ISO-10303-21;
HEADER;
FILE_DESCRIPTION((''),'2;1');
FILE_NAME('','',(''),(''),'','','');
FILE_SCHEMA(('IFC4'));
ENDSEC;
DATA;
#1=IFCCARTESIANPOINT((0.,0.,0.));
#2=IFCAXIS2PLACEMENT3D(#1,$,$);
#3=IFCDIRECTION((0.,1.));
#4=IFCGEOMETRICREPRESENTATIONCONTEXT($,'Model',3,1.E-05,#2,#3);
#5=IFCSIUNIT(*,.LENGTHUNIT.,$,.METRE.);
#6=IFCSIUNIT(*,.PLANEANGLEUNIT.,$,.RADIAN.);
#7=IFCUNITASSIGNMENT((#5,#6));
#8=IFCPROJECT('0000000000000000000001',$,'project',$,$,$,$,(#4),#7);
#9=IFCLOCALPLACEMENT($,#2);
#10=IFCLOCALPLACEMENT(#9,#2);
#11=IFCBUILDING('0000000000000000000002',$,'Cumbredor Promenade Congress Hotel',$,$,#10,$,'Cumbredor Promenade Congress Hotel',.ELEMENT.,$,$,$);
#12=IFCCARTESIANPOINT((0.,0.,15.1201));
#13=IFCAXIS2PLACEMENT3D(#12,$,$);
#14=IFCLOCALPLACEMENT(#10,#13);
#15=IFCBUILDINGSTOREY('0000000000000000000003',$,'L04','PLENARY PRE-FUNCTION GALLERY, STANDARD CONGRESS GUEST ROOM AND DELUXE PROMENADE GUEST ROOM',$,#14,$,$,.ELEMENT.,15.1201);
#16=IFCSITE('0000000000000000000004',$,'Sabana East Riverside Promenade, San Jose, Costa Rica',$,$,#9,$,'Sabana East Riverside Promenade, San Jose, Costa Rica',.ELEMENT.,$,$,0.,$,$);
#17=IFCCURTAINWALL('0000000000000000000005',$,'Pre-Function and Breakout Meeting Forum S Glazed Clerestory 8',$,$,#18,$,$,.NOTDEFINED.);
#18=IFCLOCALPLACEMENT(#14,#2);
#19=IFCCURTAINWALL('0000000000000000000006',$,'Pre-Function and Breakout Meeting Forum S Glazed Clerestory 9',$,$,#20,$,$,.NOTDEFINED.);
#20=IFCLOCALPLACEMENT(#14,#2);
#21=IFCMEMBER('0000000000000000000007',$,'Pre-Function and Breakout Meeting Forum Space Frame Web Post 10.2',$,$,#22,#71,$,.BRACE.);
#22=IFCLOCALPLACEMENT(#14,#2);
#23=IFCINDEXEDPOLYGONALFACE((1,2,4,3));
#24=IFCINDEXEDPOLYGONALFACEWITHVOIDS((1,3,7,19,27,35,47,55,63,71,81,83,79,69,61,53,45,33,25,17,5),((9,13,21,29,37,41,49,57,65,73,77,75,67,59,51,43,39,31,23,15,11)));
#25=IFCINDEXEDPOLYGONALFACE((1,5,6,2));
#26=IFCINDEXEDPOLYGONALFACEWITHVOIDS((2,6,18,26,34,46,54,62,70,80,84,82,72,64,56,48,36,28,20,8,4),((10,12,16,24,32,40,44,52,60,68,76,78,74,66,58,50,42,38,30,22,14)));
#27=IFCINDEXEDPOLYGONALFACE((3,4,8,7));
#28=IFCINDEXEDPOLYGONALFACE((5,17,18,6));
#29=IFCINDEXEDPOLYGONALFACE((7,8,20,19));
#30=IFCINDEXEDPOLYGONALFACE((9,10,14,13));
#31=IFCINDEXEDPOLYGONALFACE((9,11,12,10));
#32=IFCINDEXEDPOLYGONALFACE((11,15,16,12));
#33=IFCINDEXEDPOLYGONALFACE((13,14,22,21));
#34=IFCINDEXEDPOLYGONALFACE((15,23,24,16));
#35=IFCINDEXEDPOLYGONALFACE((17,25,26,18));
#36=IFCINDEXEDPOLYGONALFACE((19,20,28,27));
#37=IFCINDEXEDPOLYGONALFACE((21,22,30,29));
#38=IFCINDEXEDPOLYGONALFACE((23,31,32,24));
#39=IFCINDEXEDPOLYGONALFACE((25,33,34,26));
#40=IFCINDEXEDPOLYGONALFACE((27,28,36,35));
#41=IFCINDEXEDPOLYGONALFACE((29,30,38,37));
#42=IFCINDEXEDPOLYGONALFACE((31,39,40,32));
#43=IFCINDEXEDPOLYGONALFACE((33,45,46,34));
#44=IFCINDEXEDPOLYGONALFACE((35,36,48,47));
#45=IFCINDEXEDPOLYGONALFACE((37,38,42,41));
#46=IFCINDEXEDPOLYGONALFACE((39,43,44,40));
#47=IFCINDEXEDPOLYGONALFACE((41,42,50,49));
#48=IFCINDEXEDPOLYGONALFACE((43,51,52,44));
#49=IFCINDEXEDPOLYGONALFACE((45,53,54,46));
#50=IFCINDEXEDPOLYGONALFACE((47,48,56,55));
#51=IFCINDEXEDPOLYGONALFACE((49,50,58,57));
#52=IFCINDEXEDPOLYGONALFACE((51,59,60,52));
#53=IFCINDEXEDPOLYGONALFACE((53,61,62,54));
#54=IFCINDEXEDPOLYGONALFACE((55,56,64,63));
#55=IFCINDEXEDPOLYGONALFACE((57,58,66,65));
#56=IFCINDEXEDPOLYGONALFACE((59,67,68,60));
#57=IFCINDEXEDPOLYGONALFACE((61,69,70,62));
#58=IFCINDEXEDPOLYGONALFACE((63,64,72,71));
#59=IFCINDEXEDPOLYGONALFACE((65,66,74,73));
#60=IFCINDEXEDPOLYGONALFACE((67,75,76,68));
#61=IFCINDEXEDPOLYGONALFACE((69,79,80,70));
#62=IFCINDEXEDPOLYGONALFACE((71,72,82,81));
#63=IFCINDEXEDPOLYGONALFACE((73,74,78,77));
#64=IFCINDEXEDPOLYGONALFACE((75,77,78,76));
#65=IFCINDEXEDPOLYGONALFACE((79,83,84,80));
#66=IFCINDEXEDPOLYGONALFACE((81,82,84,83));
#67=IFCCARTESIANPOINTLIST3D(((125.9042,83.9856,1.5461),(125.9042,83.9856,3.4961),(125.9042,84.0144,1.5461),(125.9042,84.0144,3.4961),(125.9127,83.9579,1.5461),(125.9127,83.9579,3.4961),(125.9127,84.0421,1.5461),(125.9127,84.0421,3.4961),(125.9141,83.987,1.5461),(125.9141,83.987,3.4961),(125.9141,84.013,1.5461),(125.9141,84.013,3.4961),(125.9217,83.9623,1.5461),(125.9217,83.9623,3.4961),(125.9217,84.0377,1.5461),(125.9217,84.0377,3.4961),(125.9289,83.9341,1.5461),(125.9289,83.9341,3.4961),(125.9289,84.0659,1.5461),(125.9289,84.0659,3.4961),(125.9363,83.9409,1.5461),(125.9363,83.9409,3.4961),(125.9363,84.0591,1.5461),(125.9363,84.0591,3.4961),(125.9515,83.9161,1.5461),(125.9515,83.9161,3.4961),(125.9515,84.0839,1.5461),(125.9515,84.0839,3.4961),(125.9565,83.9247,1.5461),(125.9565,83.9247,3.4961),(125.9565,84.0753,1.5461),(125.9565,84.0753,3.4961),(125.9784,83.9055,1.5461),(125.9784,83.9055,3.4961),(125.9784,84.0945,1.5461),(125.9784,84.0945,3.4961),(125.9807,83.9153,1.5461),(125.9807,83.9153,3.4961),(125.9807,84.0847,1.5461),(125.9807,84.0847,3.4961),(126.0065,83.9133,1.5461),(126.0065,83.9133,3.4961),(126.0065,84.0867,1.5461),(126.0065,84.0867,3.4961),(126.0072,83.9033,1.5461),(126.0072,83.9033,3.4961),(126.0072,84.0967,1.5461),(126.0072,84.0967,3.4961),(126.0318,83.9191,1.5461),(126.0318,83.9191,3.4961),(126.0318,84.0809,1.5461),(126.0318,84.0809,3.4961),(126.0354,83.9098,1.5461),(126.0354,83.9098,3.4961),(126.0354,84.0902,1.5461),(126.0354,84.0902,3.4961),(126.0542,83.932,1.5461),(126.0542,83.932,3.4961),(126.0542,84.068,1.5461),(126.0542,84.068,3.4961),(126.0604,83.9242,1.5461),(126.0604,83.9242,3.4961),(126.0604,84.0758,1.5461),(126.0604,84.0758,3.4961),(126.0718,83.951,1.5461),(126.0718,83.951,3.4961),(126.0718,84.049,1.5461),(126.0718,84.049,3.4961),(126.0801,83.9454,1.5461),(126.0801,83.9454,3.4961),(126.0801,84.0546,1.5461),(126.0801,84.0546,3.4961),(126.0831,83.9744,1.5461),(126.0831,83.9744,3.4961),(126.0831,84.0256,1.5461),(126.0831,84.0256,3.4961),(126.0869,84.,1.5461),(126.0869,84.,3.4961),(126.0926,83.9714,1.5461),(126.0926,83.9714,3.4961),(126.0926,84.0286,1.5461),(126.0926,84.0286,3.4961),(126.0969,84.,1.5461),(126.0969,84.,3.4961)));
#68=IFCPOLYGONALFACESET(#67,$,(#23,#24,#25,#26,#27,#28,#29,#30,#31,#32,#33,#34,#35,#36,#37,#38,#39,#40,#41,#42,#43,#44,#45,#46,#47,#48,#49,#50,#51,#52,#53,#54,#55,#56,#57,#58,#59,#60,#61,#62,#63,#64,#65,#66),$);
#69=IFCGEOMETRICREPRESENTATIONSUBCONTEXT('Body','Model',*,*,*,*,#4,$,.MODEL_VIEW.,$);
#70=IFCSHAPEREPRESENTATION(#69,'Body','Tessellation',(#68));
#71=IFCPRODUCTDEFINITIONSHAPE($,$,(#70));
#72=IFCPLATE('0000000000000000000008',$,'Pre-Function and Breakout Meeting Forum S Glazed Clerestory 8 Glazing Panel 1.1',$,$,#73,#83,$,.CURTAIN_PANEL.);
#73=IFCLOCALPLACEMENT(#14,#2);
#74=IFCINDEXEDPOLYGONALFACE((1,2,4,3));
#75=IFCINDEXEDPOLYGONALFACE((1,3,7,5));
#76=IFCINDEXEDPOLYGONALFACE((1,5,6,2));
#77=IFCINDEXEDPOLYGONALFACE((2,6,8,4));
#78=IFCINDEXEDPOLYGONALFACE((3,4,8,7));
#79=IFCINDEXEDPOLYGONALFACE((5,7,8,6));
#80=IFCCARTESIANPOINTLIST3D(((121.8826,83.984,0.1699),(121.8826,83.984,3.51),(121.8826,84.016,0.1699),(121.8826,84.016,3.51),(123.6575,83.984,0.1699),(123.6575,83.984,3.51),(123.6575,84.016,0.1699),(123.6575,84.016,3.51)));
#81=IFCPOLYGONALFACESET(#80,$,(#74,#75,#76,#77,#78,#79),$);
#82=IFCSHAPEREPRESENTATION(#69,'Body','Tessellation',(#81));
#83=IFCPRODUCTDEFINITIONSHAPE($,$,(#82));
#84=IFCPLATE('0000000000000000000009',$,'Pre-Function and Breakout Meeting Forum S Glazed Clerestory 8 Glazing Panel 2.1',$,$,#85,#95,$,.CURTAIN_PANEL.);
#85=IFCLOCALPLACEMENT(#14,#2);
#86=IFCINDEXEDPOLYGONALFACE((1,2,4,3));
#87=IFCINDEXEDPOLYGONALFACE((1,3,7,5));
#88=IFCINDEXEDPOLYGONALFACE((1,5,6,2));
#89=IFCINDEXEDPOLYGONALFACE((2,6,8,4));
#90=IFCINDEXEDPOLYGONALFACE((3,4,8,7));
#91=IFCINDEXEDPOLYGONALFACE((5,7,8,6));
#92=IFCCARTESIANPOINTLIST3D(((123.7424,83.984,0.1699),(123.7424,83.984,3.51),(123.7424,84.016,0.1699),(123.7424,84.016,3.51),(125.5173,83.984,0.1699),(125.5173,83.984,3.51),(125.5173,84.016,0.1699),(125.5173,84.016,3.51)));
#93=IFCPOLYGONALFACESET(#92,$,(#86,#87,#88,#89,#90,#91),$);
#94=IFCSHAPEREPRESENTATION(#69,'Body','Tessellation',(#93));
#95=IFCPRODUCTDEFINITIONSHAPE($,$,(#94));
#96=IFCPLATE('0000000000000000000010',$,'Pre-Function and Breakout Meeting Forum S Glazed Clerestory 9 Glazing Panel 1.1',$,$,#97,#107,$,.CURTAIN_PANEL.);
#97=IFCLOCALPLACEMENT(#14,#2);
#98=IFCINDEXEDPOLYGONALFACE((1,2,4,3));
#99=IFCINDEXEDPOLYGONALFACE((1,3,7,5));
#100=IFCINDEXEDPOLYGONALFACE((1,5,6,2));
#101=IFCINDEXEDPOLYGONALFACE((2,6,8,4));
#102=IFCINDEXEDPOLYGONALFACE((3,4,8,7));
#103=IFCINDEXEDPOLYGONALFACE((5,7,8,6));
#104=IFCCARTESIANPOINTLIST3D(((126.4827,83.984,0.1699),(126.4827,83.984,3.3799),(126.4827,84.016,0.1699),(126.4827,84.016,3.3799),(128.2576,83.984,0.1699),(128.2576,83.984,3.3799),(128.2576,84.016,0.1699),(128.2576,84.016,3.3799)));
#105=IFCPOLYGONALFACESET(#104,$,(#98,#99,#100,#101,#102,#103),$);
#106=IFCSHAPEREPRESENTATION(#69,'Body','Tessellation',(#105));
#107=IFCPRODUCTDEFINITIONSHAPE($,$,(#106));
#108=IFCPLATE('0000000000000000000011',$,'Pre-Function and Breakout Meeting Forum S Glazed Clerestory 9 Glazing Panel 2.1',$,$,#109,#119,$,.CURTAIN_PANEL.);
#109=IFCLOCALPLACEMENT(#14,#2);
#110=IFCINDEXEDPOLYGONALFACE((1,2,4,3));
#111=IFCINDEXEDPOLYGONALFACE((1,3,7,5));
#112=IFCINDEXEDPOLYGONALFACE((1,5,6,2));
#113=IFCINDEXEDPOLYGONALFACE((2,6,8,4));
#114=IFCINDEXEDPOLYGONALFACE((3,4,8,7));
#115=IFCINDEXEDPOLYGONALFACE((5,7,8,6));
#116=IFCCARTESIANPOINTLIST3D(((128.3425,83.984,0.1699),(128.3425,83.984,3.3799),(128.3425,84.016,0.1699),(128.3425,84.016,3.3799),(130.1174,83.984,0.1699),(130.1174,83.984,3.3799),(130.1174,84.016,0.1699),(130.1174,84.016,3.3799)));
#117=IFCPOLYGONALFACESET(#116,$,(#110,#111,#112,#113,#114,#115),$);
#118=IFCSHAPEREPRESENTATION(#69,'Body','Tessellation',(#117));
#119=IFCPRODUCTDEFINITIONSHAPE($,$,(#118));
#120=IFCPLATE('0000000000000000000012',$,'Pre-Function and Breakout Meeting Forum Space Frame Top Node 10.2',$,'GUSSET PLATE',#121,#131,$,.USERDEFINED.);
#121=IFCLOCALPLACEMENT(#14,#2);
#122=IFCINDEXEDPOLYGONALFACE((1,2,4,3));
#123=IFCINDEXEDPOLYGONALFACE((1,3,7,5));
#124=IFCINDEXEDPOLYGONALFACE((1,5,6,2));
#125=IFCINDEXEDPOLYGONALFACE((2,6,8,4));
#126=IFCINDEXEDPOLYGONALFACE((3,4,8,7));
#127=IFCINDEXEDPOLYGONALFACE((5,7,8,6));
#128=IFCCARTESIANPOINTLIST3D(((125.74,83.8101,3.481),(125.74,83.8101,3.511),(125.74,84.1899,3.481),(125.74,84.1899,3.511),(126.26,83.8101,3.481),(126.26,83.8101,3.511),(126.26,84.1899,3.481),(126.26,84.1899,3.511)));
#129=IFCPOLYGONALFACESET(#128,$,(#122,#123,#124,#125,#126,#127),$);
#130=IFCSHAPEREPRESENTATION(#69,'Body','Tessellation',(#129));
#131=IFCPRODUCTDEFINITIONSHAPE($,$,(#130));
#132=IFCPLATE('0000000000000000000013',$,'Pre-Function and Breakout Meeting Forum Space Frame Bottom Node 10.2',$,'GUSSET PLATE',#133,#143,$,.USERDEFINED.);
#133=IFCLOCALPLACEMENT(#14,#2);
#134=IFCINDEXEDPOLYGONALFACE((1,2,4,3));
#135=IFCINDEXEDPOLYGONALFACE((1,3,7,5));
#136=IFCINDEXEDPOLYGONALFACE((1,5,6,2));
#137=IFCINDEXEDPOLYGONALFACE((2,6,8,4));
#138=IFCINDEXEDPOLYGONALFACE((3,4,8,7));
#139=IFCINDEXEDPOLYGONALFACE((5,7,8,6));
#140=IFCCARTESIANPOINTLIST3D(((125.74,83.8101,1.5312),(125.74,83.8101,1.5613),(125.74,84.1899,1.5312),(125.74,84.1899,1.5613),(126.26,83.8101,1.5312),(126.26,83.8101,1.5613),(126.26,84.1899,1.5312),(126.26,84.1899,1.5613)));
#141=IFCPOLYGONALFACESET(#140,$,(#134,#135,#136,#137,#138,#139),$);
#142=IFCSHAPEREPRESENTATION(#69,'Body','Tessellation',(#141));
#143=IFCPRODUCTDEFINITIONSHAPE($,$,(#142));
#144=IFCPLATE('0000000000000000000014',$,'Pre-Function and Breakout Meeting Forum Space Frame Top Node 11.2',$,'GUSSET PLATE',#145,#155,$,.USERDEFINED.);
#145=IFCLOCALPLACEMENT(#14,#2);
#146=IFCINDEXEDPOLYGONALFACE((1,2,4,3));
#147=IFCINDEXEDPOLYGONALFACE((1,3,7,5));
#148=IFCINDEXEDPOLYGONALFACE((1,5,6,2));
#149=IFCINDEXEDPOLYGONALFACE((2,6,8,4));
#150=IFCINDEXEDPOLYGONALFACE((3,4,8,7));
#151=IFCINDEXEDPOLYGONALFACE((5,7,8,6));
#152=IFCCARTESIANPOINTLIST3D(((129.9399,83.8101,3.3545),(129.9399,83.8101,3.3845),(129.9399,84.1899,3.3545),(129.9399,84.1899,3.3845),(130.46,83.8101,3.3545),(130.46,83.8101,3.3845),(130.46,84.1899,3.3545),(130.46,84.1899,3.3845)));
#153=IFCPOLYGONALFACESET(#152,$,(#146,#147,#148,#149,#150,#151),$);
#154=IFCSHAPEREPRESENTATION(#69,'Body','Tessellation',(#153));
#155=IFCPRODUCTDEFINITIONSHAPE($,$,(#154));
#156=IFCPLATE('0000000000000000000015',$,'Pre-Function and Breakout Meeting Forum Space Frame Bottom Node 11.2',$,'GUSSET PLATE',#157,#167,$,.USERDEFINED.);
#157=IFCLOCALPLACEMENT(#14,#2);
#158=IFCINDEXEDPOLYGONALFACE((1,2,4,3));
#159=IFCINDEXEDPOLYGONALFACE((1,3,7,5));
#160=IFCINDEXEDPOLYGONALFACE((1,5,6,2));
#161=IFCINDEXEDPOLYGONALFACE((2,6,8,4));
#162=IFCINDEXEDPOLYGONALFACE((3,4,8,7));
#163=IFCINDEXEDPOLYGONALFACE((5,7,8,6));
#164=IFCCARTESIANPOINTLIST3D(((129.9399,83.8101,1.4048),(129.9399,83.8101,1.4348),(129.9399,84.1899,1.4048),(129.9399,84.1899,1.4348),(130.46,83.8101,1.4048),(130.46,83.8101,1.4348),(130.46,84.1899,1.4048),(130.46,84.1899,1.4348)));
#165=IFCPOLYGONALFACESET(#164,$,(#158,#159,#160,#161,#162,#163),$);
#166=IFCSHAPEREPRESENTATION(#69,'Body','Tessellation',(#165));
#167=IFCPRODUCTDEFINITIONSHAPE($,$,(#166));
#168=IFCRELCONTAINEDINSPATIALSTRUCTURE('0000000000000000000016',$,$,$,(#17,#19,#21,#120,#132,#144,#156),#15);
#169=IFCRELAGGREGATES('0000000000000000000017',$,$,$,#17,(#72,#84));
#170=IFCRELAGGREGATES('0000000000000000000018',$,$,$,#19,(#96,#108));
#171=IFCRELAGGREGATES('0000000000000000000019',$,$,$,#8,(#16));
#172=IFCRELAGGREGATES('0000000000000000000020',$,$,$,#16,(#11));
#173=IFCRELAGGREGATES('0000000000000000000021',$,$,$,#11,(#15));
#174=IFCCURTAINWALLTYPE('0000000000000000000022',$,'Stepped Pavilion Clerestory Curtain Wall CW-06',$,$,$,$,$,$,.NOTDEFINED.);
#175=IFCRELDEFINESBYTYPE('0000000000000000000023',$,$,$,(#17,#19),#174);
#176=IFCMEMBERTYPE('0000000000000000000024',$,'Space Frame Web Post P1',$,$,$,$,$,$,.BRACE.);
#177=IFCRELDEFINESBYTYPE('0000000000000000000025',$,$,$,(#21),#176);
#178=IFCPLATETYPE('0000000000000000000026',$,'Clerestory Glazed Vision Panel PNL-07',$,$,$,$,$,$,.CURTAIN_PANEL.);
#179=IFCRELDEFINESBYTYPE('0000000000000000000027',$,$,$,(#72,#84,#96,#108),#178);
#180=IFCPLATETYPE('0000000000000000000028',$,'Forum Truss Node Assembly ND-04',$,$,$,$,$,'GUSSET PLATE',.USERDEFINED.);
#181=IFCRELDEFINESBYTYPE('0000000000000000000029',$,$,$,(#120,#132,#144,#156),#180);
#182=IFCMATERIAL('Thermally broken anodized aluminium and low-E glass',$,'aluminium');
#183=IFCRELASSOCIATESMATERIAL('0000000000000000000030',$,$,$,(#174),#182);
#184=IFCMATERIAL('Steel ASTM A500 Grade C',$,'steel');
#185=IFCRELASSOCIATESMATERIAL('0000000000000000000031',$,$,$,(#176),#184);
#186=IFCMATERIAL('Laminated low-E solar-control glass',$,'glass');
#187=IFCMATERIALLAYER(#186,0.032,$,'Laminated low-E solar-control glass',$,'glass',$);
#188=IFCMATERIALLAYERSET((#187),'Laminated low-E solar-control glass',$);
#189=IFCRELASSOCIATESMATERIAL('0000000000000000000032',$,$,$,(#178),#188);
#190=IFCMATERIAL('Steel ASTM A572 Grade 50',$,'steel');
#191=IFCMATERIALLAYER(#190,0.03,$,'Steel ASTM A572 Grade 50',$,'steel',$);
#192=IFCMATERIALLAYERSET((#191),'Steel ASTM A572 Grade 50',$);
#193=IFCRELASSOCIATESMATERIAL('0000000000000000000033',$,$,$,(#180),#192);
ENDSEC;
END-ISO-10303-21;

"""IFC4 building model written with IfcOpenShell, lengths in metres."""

from ifc_helpers import new_model, si_unit, direction, frame, origin, origin_2d, place, context, subcontext, project, spatial, rectangle, hollow_circle, extrude, material, layer, layer_set, material_profile, profile_set, type_object, element, aggregate, save


model = new_model("IFC4")

# Units and contexts
model_context = context("Model", 3, precision=1e-05, world=origin(), true_north=direction((0.0, 1.0)))
body_context = subcontext(model_context, "Body", "Model", "MODEL_VIEW")
ifc_project = project(units=[si_unit("LENGTHUNIT", "METRE"), si_unit("PLANEANGLEUNIT", "RADIAN")], contexts=[model_context])

# Site, building, storey
site_placement = place(None, origin())
site = spatial("IfcSite", under=ifc_project, at=site_placement, Name="Sabana East Riverside Promenade, San Jose, Costa Rica", LongName="Sabana East Riverside Promenade, San Jose, Costa Rica", CompositionType="ELEMENT", RefElevation=0.0)
building_placement = place(site_placement, origin())
building = spatial("IfcBuilding", under=site, at=building_placement, Name="Cumbredor Promenade Congress Hotel", LongName="Cumbredor Promenade Congress Hotel", CompositionType="ELEMENT")
storey_placement = place(building_placement, frame((0.0, 0.0, 15.1201)))
storey = spatial("IfcBuildingStorey", under=building, at=storey_placement, Name="L04", Description="PLENARY PRE-FUNCTION GALLERY, STANDARD CONGRESS GUEST ROOM AND DELUXE PROMENADE GUEST ROOM", CompositionType="ELEMENT", Elevation=15.1201)

# Curtain walls
ifc_material_1 = material(Name="Thermally broken anodized aluminium and low-E glass", Category="aluminium")
curtain_wall_type = type_object("IfcCurtainWallType", Name="Stepped Pavilion Clerestory Curtain Wall CW-06", PredefinedType="NOTDEFINED", material=ifc_material_1)
curtain_wall_1_placement = place(storey_placement, origin())
curtain_wall_1 = element("IfcCurtainWall", 1, at=curtain_wall_1_placement, inside=storey, type_object=curtain_wall_type, Name="Pre-Function and Breakout Meeting Forum S Glazed Clerestory 8", PredefinedType="NOTDEFINED")
curtain_wall_2_placement = place(storey_placement, origin())
curtain_wall_2 = element("IfcCurtainWall", 2, at=curtain_wall_2_placement, inside=storey, type_object=curtain_wall_type, Name="Pre-Function and Breakout Meeting Forum S Glazed Clerestory 9", PredefinedType="NOTDEFINED")

# Member
ifc_material_2 = material(Name="Steel ASTM A500 Grade C", Category="steel")
ifc_material_profile_1 = material_profile(ifc_material_2, hollow_circle(Radius=0.0969, WallThickness=0.01, at=origin_2d()), Name="CHS 193.7x10")
ifc_profile_set_1 = profile_set([ifc_material_profile_1], Name="Steel ASTM A500 Grade C")
member_type_1 = type_object("IfcMemberType", Name="Space Frame Web Post P1", PredefinedType="BRACE", material=ifc_profile_set_1)
member_1_placement = place(storey_placement, frame((126.0, 84.0, 1.5461), z_axis=(0.0, 0.0, 1.0), x_axis=(1.0, 0.0, 0.0)))
element("IfcMember", 3, at=member_1_placement, inside=storey, type_object=member_type_1, Name="Pre-Function and Breakout Meeting Forum Space Frame Web Post 10.2", PredefinedType="BRACE", context=body_context, shape_type="SweptSolid", body=[
    extrude(hollow_circle(Radius=0.0969, WallThickness=0.01, at=origin_2d()), origin(), (0.0, 0.0, 1.0), 1.95),
])

# Plates
ifc_material_3 = material(Name="Laminated low-E solar-control glass", Category="glass")
ifc_layer_1 = layer(ifc_material_3, 0.032, Name="Laminated low-E solar-control glass", Category="glass")
ifc_layer_set_1 = layer_set([ifc_layer_1], Name="Laminated low-E solar-control glass")
plate_type_1 = type_object("IfcPlateType", Name="Clerestory Glazed Vision Panel PNL-07", PredefinedType="CURTAIN_PANEL", material=ifc_layer_set_1)
plate_1_placement = place(storey_placement, frame((122.77, 84.0, 0.1699), z_axis=(0.0, 0.0, 1.0), x_axis=(1.0, 0.0, 0.0)))
plate_1 = element("IfcPlate", 4, at=plate_1_placement, type_object=plate_type_1, Name="Pre-Function and Breakout Meeting Forum S Glazed Clerestory 8 Glazing Panel 1.1", PredefinedType="CURTAIN_PANEL", context=body_context, shape_type="SweptSolid", body=[
    extrude(rectangle(XDim=1.7749, YDim=0.032, at=origin_2d()), origin(), (0.0, 0.0, 1.0), 3.3401),
])
plate_2_placement = place(storey_placement, frame((124.6299, 84.0, 0.1699), z_axis=(0.0, 0.0, 1.0), x_axis=(1.0, 0.0, 0.0)))
plate_2 = element("IfcPlate", 5, at=plate_2_placement, type_object=plate_type_1, Name="Pre-Function and Breakout Meeting Forum S Glazed Clerestory 8 Glazing Panel 2.1", PredefinedType="CURTAIN_PANEL", context=body_context, shape_type="SweptSolid", body=[
    extrude(rectangle(XDim=1.7749, YDim=0.032, at=origin_2d()), origin(), (0.0, 0.0, 1.0), 3.3401),
])
aggregate(curtain_wall_1, [plate_1, plate_2])
plate_3_placement = place(storey_placement, frame((127.3701, 84.0, 0.1699), z_axis=(0.0, 0.0, 1.0), x_axis=(1.0, 0.0, 0.0)))
plate_3 = element("IfcPlate", 6, at=plate_3_placement, type_object=plate_type_1, Name="Pre-Function and Breakout Meeting Forum S Glazed Clerestory 9 Glazing Panel 1.1", PredefinedType="CURTAIN_PANEL", context=body_context, shape_type="SweptSolid", body=[
    extrude(rectangle(XDim=1.7749, YDim=0.032, at=origin_2d()), origin(), (0.0, 0.0, 1.0), 3.21),
])
plate_4_placement = place(storey_placement, frame((129.23, 84.0, 0.1699), z_axis=(0.0, 0.0, 1.0), x_axis=(1.0, 0.0, 0.0)))
plate_4 = element("IfcPlate", 7, at=plate_4_placement, type_object=plate_type_1, Name="Pre-Function and Breakout Meeting Forum S Glazed Clerestory 9 Glazing Panel 2.1", PredefinedType="CURTAIN_PANEL", context=body_context, shape_type="SweptSolid", body=[
    extrude(rectangle(XDim=1.7749, YDim=0.032, at=origin_2d()), origin(), (0.0, 0.0, 1.0), 3.21),
])
aggregate(curtain_wall_2, [plate_3, plate_4])

# Plates
ifc_material_4 = material(Name="Steel ASTM A572 Grade 50", Category="steel")
ifc_layer_2 = layer(ifc_material_4, 0.03, Name="Steel ASTM A572 Grade 50", Category="steel")
ifc_layer_set_2 = layer_set([ifc_layer_2], Name="Steel ASTM A572 Grade 50")
plate_type_2 = type_object("IfcPlateType", Name="Forum Truss Node Assembly ND-04", ElementType="GUSSET PLATE", PredefinedType="USERDEFINED", material=ifc_layer_set_2)
for number, where, z_axis, x_axis, name in (
    (8, (126.0, 84.0, 3.481), (0.0, 0.0, 1.0), (1.0, 0.0, 0.0), "Pre-Function and Breakout Meeting Forum Space Frame Top Node 10.2"),
    (9, (126.0, 84.0, 1.5312), (0.0, 0.0, 1.0), (1.0, 0.0, 0.0), "Pre-Function and Breakout Meeting Forum Space Frame Bottom Node 10.2"),
    (10, (130.2, 84.0, 3.3545), (0.0, 0.0, 1.0), (1.0, 0.0, 0.0), "Pre-Function and Breakout Meeting Forum Space Frame Top Node 11.2"),
    (11, (130.2, 84.0, 1.4048), (0.0, 0.0, 1.0), (1.0, 0.0, 0.0), "Pre-Function and Breakout Meeting Forum Space Frame Bottom Node 11.2"),
):
    element("IfcPlate", number, at=place(storey_placement, frame(where, z_axis=z_axis, x_axis=x_axis)), inside=storey, type_object=plate_type_2, Name=name, ObjectType="GUSSET PLATE", PredefinedType="USERDEFINED", context=body_context, shape_type="SweptSolid", body=[
        extrude(rectangle(XDim=0.52, YDim=0.3799, at=origin_2d()), origin(), (0.0, 0.0, 1.0), 0.03),
    ])

save(model, "model.ifc")
